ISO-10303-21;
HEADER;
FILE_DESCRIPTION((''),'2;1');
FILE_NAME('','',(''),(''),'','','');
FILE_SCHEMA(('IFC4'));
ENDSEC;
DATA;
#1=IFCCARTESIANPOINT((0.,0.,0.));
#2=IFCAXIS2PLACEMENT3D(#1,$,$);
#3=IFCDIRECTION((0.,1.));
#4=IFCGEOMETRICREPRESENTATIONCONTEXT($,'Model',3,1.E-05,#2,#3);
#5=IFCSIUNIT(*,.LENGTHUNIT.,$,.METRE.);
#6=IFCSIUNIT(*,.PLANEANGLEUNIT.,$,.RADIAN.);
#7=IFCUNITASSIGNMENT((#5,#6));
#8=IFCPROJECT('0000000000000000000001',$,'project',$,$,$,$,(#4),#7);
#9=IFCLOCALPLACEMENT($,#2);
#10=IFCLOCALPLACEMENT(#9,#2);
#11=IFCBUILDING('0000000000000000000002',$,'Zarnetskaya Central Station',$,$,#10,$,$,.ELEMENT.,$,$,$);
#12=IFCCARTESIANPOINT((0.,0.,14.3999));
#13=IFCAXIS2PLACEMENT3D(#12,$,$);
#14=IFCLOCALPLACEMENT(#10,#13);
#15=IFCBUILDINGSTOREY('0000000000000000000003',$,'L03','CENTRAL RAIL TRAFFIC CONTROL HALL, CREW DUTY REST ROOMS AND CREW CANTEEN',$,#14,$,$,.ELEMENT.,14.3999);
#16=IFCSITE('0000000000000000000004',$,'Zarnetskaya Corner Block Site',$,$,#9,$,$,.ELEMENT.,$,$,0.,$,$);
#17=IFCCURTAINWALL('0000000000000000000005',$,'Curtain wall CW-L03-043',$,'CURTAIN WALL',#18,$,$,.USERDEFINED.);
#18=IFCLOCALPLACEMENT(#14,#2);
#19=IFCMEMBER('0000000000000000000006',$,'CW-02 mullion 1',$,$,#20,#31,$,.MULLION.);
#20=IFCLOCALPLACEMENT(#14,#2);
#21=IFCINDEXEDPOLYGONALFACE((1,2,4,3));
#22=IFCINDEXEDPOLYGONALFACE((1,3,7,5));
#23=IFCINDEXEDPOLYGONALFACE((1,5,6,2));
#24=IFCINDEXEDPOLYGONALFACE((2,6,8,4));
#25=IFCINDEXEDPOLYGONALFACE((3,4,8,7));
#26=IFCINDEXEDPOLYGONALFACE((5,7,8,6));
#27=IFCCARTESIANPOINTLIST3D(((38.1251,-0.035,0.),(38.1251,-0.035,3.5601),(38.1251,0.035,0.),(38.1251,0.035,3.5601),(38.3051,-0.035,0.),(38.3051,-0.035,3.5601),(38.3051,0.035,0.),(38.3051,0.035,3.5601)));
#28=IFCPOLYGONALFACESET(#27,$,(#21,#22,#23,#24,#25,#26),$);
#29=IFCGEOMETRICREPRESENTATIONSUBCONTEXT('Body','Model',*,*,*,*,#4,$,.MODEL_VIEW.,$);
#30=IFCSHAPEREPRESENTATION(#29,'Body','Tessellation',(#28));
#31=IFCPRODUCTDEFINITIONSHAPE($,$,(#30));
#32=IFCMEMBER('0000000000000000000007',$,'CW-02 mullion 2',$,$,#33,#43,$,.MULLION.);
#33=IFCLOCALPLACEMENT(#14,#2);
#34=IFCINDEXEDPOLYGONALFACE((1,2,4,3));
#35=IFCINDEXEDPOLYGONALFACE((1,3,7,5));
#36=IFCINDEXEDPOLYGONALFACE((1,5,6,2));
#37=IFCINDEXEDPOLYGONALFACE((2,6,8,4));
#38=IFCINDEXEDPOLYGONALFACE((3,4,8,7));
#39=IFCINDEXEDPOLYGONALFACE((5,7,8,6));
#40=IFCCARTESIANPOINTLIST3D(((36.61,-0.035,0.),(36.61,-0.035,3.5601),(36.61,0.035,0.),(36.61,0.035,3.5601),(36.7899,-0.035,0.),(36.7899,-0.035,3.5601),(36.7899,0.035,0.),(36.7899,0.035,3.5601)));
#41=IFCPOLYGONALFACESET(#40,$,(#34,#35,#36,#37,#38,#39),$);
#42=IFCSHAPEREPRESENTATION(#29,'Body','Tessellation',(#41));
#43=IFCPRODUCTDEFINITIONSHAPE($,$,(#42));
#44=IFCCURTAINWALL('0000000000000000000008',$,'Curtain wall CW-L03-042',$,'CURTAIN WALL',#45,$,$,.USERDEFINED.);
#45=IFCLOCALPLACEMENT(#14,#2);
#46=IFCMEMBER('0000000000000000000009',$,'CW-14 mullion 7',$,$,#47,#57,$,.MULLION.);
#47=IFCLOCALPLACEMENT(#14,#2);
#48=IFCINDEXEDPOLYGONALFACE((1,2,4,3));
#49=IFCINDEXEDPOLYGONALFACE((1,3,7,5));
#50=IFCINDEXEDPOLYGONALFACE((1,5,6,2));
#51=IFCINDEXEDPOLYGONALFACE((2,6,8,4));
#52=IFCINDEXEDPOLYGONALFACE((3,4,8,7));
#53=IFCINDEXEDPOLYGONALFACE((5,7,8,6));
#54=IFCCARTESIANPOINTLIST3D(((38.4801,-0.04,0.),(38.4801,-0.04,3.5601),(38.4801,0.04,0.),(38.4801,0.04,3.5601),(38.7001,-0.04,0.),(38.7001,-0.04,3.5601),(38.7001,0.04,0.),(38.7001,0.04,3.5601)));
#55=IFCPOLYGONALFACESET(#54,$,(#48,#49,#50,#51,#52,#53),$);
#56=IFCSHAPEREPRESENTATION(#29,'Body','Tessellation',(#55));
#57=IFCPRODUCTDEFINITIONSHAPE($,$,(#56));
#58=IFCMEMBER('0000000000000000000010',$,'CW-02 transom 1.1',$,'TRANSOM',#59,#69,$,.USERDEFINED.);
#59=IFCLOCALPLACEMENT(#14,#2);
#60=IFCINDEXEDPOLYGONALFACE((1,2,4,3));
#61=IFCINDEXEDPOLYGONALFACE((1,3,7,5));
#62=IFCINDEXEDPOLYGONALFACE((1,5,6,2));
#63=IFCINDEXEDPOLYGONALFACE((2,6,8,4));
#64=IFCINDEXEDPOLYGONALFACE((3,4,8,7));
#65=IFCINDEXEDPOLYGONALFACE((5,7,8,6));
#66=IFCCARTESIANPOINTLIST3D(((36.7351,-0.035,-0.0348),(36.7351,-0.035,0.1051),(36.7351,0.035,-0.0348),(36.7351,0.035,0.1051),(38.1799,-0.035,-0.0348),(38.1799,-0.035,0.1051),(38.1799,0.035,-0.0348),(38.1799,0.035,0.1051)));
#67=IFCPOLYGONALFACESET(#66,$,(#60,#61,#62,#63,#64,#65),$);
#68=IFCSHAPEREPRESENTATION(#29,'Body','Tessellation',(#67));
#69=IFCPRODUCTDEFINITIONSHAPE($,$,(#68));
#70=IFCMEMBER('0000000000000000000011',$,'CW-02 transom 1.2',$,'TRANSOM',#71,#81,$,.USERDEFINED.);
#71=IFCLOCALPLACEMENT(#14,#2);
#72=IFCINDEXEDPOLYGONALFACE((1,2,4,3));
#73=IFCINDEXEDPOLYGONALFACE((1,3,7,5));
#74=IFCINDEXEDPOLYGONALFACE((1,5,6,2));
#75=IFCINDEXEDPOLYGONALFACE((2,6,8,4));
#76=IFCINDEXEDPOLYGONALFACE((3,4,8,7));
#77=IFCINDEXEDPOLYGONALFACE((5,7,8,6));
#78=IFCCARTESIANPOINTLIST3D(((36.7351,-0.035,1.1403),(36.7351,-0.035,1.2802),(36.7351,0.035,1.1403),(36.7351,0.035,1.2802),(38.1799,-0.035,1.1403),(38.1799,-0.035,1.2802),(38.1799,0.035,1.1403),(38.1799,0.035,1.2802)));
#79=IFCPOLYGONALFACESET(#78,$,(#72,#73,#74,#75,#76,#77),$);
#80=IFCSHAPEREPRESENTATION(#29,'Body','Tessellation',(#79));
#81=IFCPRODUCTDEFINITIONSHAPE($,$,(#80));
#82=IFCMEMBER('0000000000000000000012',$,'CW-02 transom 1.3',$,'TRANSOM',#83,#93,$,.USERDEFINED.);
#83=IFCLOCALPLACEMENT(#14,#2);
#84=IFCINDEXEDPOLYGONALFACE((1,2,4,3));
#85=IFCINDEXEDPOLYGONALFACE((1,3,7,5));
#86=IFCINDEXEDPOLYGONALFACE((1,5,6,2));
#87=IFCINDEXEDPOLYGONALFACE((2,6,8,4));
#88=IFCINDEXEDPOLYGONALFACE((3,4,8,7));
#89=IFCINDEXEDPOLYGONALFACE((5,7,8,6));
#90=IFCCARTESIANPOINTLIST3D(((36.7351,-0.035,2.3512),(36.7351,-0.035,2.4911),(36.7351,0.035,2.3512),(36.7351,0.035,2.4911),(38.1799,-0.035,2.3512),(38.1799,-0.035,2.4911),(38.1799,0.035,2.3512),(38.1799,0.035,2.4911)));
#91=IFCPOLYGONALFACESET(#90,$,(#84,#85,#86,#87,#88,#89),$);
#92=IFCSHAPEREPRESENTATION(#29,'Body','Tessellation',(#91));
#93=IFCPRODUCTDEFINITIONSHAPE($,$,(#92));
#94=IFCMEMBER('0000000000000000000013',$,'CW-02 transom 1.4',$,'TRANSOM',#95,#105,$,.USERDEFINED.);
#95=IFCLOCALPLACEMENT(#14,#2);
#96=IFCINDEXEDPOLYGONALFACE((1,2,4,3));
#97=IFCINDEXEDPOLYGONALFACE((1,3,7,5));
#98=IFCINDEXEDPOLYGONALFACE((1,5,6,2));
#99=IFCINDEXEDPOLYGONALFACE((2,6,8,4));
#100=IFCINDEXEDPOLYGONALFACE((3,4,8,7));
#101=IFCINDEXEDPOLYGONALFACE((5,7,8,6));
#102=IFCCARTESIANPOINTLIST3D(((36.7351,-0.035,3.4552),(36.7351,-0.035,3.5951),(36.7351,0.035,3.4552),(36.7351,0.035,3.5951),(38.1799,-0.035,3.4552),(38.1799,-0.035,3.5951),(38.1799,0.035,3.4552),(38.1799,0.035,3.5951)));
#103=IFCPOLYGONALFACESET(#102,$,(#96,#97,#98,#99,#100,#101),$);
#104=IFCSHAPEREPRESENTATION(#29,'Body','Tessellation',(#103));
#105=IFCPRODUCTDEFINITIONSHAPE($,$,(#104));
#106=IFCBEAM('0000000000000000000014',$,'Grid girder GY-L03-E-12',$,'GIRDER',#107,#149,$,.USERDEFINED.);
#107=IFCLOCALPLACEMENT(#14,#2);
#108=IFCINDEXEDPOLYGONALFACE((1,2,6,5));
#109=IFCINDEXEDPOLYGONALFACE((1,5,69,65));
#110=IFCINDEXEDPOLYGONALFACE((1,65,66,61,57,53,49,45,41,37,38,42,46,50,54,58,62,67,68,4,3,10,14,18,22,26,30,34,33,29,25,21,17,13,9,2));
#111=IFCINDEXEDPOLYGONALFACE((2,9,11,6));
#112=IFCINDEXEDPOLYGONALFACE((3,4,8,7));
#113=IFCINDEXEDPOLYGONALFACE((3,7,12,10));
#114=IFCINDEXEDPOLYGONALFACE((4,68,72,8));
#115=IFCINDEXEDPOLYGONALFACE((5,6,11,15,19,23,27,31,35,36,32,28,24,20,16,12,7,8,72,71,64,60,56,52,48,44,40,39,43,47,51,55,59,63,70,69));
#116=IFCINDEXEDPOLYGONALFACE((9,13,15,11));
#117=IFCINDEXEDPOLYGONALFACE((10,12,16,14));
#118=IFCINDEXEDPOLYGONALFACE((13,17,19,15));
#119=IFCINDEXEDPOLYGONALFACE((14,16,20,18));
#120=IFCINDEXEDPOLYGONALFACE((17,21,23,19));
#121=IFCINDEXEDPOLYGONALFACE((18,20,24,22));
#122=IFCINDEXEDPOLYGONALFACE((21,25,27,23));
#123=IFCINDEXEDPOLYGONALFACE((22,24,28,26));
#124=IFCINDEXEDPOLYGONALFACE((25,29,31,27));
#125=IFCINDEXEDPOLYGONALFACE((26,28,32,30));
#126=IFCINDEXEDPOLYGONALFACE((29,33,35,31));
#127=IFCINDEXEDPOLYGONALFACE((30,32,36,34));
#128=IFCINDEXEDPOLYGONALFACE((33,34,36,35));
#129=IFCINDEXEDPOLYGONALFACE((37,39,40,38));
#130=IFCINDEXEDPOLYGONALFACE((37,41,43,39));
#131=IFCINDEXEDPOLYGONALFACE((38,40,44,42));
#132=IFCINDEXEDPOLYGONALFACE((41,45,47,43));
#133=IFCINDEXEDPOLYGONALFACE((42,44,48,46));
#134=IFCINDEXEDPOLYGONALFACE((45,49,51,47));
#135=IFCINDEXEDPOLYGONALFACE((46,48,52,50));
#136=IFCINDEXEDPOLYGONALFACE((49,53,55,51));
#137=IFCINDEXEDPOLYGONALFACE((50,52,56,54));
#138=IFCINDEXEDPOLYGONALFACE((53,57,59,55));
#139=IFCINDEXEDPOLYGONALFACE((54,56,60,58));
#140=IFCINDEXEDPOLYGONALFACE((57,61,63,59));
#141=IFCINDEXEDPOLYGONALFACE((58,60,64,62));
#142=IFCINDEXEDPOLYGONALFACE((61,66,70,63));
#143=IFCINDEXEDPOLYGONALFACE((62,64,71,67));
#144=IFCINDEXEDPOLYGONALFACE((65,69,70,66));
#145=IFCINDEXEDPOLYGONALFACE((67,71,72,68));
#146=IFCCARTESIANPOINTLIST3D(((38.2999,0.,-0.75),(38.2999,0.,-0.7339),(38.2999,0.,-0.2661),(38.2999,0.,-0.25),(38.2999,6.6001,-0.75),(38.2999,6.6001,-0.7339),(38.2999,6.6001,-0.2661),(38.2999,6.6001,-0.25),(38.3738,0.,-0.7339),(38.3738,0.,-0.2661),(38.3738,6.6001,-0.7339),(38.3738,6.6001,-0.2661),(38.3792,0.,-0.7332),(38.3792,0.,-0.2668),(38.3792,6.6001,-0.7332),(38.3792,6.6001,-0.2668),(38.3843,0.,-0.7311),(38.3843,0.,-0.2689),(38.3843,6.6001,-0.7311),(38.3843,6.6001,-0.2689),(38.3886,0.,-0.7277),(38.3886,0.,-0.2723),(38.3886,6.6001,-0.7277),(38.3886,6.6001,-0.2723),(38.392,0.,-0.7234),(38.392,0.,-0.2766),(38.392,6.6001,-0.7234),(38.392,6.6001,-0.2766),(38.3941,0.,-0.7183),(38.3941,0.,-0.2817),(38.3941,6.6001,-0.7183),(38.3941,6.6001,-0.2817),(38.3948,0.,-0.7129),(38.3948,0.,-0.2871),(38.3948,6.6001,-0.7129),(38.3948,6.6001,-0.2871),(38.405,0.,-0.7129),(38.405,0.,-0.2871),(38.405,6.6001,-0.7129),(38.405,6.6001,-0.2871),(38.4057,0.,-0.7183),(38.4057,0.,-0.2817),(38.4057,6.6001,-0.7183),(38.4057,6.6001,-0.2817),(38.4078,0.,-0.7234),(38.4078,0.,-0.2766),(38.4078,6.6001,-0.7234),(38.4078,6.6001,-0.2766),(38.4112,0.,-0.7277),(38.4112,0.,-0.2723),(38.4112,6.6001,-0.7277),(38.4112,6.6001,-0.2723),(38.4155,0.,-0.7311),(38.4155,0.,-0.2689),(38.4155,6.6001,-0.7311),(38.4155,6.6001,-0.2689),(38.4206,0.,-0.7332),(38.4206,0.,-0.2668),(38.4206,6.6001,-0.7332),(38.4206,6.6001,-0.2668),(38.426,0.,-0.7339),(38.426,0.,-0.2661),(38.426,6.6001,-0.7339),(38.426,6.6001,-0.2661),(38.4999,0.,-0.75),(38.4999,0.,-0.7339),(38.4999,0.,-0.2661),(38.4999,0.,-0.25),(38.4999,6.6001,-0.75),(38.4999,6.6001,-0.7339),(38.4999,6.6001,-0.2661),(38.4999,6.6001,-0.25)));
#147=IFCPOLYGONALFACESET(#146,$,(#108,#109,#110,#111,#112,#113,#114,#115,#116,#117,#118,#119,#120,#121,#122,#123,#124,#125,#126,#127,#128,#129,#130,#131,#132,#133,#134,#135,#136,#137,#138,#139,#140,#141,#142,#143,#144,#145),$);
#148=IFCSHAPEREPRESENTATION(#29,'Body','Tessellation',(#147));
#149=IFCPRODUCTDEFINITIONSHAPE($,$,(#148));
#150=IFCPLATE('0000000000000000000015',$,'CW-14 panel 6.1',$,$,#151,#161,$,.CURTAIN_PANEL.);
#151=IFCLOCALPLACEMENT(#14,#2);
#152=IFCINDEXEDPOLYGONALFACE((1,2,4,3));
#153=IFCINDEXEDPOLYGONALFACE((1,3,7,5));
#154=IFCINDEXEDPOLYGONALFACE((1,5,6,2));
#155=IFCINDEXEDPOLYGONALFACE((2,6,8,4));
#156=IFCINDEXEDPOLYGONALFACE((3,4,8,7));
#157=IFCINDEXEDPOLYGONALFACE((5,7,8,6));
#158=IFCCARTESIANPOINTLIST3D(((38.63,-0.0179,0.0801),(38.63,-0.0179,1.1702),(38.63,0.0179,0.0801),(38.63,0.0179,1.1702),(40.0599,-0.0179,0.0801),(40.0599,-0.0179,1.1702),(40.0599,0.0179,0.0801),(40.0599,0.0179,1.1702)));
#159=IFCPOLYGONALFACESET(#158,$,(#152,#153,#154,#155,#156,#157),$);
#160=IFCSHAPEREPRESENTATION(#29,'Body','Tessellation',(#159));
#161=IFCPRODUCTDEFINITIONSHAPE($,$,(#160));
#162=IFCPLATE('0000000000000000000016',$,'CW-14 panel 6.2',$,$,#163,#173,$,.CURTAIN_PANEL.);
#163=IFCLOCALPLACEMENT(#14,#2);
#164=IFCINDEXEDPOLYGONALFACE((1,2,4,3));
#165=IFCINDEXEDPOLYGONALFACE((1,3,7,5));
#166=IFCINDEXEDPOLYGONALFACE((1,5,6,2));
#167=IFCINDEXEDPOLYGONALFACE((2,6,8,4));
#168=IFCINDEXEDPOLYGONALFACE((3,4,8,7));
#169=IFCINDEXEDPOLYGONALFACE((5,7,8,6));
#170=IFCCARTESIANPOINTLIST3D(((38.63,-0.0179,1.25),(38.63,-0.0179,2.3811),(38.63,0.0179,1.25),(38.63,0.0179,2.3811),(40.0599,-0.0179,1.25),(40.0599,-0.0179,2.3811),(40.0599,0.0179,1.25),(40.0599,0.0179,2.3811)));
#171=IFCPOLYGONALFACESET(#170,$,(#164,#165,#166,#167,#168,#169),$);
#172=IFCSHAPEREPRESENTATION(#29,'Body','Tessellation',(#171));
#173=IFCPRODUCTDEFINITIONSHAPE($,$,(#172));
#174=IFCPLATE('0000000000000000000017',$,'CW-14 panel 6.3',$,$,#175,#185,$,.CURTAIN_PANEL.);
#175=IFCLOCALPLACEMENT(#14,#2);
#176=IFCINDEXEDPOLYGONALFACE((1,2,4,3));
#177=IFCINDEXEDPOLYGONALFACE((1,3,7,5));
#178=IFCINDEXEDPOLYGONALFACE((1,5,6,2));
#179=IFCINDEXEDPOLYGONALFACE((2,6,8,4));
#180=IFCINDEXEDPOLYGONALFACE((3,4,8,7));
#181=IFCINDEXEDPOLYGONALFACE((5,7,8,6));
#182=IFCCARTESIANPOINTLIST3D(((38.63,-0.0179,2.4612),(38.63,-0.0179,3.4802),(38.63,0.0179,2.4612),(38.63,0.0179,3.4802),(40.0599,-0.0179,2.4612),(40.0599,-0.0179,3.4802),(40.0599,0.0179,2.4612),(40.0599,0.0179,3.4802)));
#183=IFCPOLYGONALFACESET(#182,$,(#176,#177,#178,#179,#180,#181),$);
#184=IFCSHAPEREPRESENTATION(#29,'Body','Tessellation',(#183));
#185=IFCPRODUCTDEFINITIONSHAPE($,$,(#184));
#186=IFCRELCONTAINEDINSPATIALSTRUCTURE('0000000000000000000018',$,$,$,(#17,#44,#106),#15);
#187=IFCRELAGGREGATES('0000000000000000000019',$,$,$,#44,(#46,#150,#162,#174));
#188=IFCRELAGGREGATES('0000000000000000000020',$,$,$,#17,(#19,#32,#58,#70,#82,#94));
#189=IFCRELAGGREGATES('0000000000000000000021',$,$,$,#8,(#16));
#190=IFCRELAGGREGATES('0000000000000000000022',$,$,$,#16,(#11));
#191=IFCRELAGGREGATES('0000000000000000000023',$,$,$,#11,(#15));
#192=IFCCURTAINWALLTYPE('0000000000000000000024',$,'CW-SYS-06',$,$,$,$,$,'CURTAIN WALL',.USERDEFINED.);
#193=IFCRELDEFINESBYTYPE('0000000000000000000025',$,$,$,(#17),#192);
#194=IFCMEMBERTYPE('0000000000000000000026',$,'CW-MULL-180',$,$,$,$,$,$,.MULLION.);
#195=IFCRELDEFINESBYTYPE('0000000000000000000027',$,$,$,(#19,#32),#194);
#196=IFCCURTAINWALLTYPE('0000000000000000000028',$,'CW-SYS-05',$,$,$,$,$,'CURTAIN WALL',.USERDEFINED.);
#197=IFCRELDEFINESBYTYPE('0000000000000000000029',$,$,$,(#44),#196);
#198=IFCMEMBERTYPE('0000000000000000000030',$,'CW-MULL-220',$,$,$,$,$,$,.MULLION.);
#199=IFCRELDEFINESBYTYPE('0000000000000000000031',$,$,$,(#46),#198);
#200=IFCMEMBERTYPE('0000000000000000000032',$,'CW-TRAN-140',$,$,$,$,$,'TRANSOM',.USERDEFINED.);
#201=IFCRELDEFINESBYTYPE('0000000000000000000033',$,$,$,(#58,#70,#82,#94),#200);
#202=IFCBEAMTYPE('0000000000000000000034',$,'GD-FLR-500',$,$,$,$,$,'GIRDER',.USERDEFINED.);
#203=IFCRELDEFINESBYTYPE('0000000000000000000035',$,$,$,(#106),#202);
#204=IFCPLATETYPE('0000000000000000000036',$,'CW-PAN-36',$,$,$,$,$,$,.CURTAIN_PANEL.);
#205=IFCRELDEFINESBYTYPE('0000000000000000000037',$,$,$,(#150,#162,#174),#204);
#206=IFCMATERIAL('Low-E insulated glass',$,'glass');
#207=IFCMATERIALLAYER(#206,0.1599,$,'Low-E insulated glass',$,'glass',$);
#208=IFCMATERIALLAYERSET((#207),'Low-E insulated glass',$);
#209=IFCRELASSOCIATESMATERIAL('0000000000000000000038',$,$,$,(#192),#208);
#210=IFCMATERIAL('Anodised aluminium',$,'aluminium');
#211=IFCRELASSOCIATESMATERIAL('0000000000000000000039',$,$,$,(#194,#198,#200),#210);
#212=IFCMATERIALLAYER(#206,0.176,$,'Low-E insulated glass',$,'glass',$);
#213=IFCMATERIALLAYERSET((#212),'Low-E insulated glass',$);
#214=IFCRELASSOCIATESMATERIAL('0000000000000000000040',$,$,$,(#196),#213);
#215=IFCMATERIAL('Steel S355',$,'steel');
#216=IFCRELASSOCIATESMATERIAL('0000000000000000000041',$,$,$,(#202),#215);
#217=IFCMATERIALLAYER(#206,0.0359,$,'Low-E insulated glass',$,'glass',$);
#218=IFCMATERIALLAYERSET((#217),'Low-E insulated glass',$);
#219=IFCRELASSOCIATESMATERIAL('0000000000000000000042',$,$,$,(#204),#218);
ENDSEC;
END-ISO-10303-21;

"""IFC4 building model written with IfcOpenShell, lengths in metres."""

from ifc_helpers import new_model, si_unit, direction, frame, origin, origin_2d, place, context, subcontext, project, spatial, rectangle, i_section, extrude, material, layer, layer_set, material_profile, profile_set, type_object, element, aggregate, save


model = new_model("IFC4")

# Units and contexts
model_context = context("Model", 3, precision=1e-05, world=origin(), true_north=direction((0.0, 1.0)))
body_context = subcontext(model_context, "Body", "Model", "MODEL_VIEW")
ifc_project = project(units=[si_unit("LENGTHUNIT", "METRE"), si_unit("PLANEANGLEUNIT", "RADIAN")], contexts=[model_context])

# Site, building, storey
site_placement = place(None, origin())
site = spatial("IfcSite", under=ifc_project, at=site_placement, Name="Zarnetskaya Corner Block Site", CompositionType="ELEMENT", RefElevation=0.0)
building_placement = place(site_placement, origin())
building = spatial("IfcBuilding", under=site, at=building_placement, Name="Zarnetskaya Central Station", CompositionType="ELEMENT")
storey_placement = place(building_placement, frame((0.0, 0.0, 14.3999)))
storey = spatial("IfcBuildingStorey", under=building, at=storey_placement, Name="L03", Description="CENTRAL RAIL TRAFFIC CONTROL HALL, CREW DUTY REST ROOMS AND CREW CANTEEN", CompositionType="ELEMENT", Elevation=14.3999)

# Shared definitions
ifc_material_1 = material(Name="Steel S355", Category="steel")

# Curtain wall, members
ifc_material_2 = material(Name="Low-E insulated glass", Category="glass")
ifc_layer_1 = layer(ifc_material_2, 0.1599, Name="Low-E insulated glass", Category="glass")
ifc_layer_set_1 = layer_set([ifc_layer_1], Name="Low-E insulated glass")
curtain_wall_type_1 = type_object("IfcCurtainWallType", Name="CW-SYS-06", ElementType="CURTAIN WALL", PredefinedType="USERDEFINED", material=ifc_layer_set_1)
curtain_wall_1_placement = place(storey_placement, origin())
curtain_wall_1 = element("IfcCurtainWall", 1, at=curtain_wall_1_placement, inside=storey, type_object=curtain_wall_type_1, Name="Curtain wall CW-L03-043", ObjectType="CURTAIN WALL", PredefinedType="USERDEFINED")
ifc_material_3 = material(Name="Anodised aluminium", Category="aluminium")
ifc_material_profile_1 = material_profile(ifc_material_3, rectangle(XDim=0.0701, YDim=0.1799, at=origin_2d()), Name="ALU MULL 70x180")
ifc_profile_set_1 = profile_set([ifc_material_profile_1], Name="Anodised aluminium")
member_type_1 = type_object("IfcMemberType", Name="CW-MULL-180", PredefinedType="MULLION", material=ifc_profile_set_1)
member_1_placement = place(storey_placement, frame((38.2151, 0.0, 0.0), z_axis=(0.0, 0.0, 1.0), x_axis=(0.0, -1.0, 0.0)))
member_1 = element("IfcMember", 2, at=member_1_placement, type_object=member_type_1, Name="CW-02 mullion 1", PredefinedType="MULLION", context=body_context, shape_type="SweptSolid", body=[
    extrude(rectangle(XDim=0.0701, YDim=0.1799, at=origin_2d()), origin(), (0.0, 0.0, 1.0), 3.5601),
])
member_2_placement = place(storey_placement, frame((36.7, 0.0, 0.0), z_axis=(0.0, 0.0, 1.0), x_axis=(0.0, -1.0, 0.0)))
member_2 = element("IfcMember", 3, at=member_2_placement, type_object=member_type_1, Name="CW-02 mullion 2", PredefinedType="MULLION", context=body_context, shape_type="SweptSolid", body=[
    extrude(rectangle(XDim=0.0701, YDim=0.1799, at=origin_2d()), origin(), (0.0, 0.0, 1.0), 3.5601),
])

# Curtain wall, member
ifc_layer_2 = layer(ifc_material_2, 0.176, Name="Low-E insulated glass", Category="glass")
ifc_layer_set_2 = layer_set([ifc_layer_2], Name="Low-E insulated glass")
curtain_wall_type_2 = type_object("IfcCurtainWallType", Name="CW-SYS-05", ElementType="CURTAIN WALL", PredefinedType="USERDEFINED", material=ifc_layer_set_2)
curtain_wall_2_placement = place(storey_placement, origin())
curtain_wall_2 = element("IfcCurtainWall", 4, at=curtain_wall_2_placement, inside=storey, type_object=curtain_wall_type_2, Name="Curtain wall CW-L03-042", ObjectType="CURTAIN WALL", PredefinedType="USERDEFINED")
ifc_material_profile_2 = material_profile(ifc_material_3, rectangle(XDim=0.0801, YDim=0.22, at=origin_2d()), Name="ALU MULL 80x220")
ifc_profile_set_2 = profile_set([ifc_material_profile_2], Name="Anodised aluminium")
member_type_2 = type_object("IfcMemberType", Name="CW-MULL-220", PredefinedType="MULLION", material=ifc_profile_set_2)
member_3_placement = place(storey_placement, frame((38.5901, 0.0, 0.0), z_axis=(0.0, 0.0, 1.0), x_axis=(0.0, -1.0, 0.0)))
member_3 = element("IfcMember", 5, at=member_3_placement, type_object=member_type_2, Name="CW-14 mullion 7", PredefinedType="MULLION", context=body_context, shape_type="SweptSolid", body=[
    extrude(rectangle(XDim=0.0801, YDim=0.22, at=origin_2d()), origin(), (0.0, 0.0, 1.0), 3.5601),
])

# Members
ifc_material_profile_3 = material_profile(ifc_material_3, rectangle(XDim=0.0701, YDim=0.1399, at=origin_2d()), Name="ALU TRAN 70x140")
ifc_profile_set_3 = profile_set([ifc_material_profile_3], Name="Anodised aluminium")
member_type_3 = type_object("IfcMemberType", Name="CW-TRAN-140", ElementType="TRANSOM", PredefinedType="USERDEFINED", material=ifc_profile_set_3)
member_4_placement = place(storey_placement, frame((38.1799, 0.0, 0.0352), z_axis=(-1.0, 0.0, 0.0), x_axis=(0.0, -1.0, 0.0)))
member_4 = element("IfcMember", 6, at=member_4_placement, type_object=member_type_3, Name="CW-02 transom 1.1", ObjectType="TRANSOM", PredefinedType="USERDEFINED", context=body_context, shape_type="SweptSolid", body=[
    extrude(rectangle(XDim=0.0701, YDim=0.1399, at=origin_2d()), origin(), (0.0, 0.0, 1.0), 1.4448),
])
member_5_placement = place(storey_placement, frame((38.1799, 0.0, 1.2102), z_axis=(-1.0, 0.0, 0.0), x_axis=(0.0, -1.0, 0.0)))
member_5 = element("IfcMember", 7, at=member_5_placement, type_object=member_type_3, Name="CW-02 transom 1.2", ObjectType="TRANSOM", PredefinedType="USERDEFINED", context=body_context, shape_type="SweptSolid", body=[
    extrude(rectangle(XDim=0.0701, YDim=0.1399, at=origin_2d()), origin(), (0.0, 0.0, 1.0), 1.4448),
])
member_6_placement = place(storey_placement, frame((38.1799, 0.0, 2.4211), z_axis=(-1.0, 0.0, 0.0), x_axis=(0.0, -1.0, 0.0)))
member_6 = element("IfcMember", 8, at=member_6_placement, type_object=member_type_3, Name="CW-02 transom 1.3", ObjectType="TRANSOM", PredefinedType="USERDEFINED", context=body_context, shape_type="SweptSolid", body=[
    extrude(rectangle(XDim=0.0701, YDim=0.1399, at=origin_2d()), origin(), (0.0, 0.0, 1.0), 1.4448),
])
member_7_placement = place(storey_placement, frame((38.1799, 0.0, 3.5251), z_axis=(-1.0, 0.0, 0.0), x_axis=(0.0, -1.0, 0.0)))
member_7 = element("IfcMember", 9, at=member_7_placement, type_object=member_type_3, Name="CW-02 transom 1.4", ObjectType="TRANSOM", PredefinedType="USERDEFINED", context=body_context, shape_type="SweptSolid", body=[
    extrude(rectangle(XDim=0.0701, YDim=0.1399, at=origin_2d()), origin(), (0.0, 0.0, 1.0), 1.4448),
])

# Beam
ifc_material_profile_4 = material_profile(ifc_material_1, i_section(OverallWidth=0.2, OverallDepth=0.5, WebThickness=0.0103, FlangeThickness=0.0161, FilletRadius=0.021, at=origin_2d()), Name="IPE 500")
ifc_profile_set_4 = profile_set([ifc_material_profile_4], Name="Steel S355")
beam_type_1 = type_object("IfcBeamType", Name="GD-FLR-500", ElementType="GIRDER", PredefinedType="USERDEFINED", material=ifc_profile_set_4)
beam_1_placement = place(storey_placement, frame((38.3999, 0.0, -0.5), z_axis=(0.0, 1.0, 0.0), x_axis=(-1.0, 0.0, 0.0)))
element("IfcBeam", 10, at=beam_1_placement, inside=storey, type_object=beam_type_1, Name="Grid girder GY-L03-E-12", ObjectType="GIRDER", PredefinedType="USERDEFINED", context=body_context, shape_type="SweptSolid", body=[
    extrude(i_section(OverallWidth=0.2, OverallDepth=0.5, WebThickness=0.0103, FlangeThickness=0.0161, FilletRadius=0.021, at=origin_2d()), origin(), (0.0, 0.0, 1.0), 6.6001),
])

# Plates
ifc_layer_3 = layer(ifc_material_2, 0.0359, Name="Low-E insulated glass", Category="glass")
ifc_layer_set_3 = layer_set([ifc_layer_3], Name="Low-E insulated glass")
plate_type_1 = type_object("IfcPlateType", Name="CW-PAN-36", PredefinedType="CURTAIN_PANEL", material=ifc_layer_set_3)
plate_1_placement = place(storey_placement, frame((39.345, 0.0, 0.0801), z_axis=(0.0, 0.0, 1.0), x_axis=(-1.0, 0.0, 0.0)))
plate_1 = element("IfcPlate", 11, at=plate_1_placement, type_object=plate_type_1, Name="CW-14 panel 6.1", PredefinedType="CURTAIN_PANEL", context=body_context, shape_type="SweptSolid", body=[
    extrude(rectangle(XDim=1.4299, YDim=0.0359, at=origin_2d()), origin(), (0.0, 0.0, 1.0), 1.0901),
])
plate_2_placement = place(storey_placement, frame((39.345, 0.0, 1.25), z_axis=(0.0, 0.0, 1.0), x_axis=(-1.0, 0.0, 0.0)))
plate_2 = element("IfcPlate", 12, at=plate_2_placement, type_object=plate_type_1, Name="CW-14 panel 6.2", PredefinedType="CURTAIN_PANEL", context=body_context, shape_type="SweptSolid", body=[
    extrude(rectangle(XDim=1.4299, YDim=0.0359, at=origin_2d()), origin(), (0.0, 0.0, 1.0), 1.1311),
])
plate_3_placement = place(storey_placement, frame((39.345, 0.0, 2.4612), z_axis=(0.0, 0.0, 1.0), x_axis=(-1.0, 0.0, 0.0)))
plate_3 = element("IfcPlate", 13, at=plate_3_placement, type_object=plate_type_1, Name="CW-14 panel 6.3", PredefinedType="CURTAIN_PANEL", context=body_context, shape_type="SweptSolid", body=[
    extrude(rectangle(XDim=1.4299, YDim=0.0359, at=origin_2d()), origin(), (0.0, 0.0, 1.0), 1.019),
])
aggregate(curtain_wall_2, [member_3, plate_1, plate_2, plate_3])
aggregate(curtain_wall_1, [member_1, member_2, member_4, member_5, member_6, member_7])

save(model, "model.ifc")
